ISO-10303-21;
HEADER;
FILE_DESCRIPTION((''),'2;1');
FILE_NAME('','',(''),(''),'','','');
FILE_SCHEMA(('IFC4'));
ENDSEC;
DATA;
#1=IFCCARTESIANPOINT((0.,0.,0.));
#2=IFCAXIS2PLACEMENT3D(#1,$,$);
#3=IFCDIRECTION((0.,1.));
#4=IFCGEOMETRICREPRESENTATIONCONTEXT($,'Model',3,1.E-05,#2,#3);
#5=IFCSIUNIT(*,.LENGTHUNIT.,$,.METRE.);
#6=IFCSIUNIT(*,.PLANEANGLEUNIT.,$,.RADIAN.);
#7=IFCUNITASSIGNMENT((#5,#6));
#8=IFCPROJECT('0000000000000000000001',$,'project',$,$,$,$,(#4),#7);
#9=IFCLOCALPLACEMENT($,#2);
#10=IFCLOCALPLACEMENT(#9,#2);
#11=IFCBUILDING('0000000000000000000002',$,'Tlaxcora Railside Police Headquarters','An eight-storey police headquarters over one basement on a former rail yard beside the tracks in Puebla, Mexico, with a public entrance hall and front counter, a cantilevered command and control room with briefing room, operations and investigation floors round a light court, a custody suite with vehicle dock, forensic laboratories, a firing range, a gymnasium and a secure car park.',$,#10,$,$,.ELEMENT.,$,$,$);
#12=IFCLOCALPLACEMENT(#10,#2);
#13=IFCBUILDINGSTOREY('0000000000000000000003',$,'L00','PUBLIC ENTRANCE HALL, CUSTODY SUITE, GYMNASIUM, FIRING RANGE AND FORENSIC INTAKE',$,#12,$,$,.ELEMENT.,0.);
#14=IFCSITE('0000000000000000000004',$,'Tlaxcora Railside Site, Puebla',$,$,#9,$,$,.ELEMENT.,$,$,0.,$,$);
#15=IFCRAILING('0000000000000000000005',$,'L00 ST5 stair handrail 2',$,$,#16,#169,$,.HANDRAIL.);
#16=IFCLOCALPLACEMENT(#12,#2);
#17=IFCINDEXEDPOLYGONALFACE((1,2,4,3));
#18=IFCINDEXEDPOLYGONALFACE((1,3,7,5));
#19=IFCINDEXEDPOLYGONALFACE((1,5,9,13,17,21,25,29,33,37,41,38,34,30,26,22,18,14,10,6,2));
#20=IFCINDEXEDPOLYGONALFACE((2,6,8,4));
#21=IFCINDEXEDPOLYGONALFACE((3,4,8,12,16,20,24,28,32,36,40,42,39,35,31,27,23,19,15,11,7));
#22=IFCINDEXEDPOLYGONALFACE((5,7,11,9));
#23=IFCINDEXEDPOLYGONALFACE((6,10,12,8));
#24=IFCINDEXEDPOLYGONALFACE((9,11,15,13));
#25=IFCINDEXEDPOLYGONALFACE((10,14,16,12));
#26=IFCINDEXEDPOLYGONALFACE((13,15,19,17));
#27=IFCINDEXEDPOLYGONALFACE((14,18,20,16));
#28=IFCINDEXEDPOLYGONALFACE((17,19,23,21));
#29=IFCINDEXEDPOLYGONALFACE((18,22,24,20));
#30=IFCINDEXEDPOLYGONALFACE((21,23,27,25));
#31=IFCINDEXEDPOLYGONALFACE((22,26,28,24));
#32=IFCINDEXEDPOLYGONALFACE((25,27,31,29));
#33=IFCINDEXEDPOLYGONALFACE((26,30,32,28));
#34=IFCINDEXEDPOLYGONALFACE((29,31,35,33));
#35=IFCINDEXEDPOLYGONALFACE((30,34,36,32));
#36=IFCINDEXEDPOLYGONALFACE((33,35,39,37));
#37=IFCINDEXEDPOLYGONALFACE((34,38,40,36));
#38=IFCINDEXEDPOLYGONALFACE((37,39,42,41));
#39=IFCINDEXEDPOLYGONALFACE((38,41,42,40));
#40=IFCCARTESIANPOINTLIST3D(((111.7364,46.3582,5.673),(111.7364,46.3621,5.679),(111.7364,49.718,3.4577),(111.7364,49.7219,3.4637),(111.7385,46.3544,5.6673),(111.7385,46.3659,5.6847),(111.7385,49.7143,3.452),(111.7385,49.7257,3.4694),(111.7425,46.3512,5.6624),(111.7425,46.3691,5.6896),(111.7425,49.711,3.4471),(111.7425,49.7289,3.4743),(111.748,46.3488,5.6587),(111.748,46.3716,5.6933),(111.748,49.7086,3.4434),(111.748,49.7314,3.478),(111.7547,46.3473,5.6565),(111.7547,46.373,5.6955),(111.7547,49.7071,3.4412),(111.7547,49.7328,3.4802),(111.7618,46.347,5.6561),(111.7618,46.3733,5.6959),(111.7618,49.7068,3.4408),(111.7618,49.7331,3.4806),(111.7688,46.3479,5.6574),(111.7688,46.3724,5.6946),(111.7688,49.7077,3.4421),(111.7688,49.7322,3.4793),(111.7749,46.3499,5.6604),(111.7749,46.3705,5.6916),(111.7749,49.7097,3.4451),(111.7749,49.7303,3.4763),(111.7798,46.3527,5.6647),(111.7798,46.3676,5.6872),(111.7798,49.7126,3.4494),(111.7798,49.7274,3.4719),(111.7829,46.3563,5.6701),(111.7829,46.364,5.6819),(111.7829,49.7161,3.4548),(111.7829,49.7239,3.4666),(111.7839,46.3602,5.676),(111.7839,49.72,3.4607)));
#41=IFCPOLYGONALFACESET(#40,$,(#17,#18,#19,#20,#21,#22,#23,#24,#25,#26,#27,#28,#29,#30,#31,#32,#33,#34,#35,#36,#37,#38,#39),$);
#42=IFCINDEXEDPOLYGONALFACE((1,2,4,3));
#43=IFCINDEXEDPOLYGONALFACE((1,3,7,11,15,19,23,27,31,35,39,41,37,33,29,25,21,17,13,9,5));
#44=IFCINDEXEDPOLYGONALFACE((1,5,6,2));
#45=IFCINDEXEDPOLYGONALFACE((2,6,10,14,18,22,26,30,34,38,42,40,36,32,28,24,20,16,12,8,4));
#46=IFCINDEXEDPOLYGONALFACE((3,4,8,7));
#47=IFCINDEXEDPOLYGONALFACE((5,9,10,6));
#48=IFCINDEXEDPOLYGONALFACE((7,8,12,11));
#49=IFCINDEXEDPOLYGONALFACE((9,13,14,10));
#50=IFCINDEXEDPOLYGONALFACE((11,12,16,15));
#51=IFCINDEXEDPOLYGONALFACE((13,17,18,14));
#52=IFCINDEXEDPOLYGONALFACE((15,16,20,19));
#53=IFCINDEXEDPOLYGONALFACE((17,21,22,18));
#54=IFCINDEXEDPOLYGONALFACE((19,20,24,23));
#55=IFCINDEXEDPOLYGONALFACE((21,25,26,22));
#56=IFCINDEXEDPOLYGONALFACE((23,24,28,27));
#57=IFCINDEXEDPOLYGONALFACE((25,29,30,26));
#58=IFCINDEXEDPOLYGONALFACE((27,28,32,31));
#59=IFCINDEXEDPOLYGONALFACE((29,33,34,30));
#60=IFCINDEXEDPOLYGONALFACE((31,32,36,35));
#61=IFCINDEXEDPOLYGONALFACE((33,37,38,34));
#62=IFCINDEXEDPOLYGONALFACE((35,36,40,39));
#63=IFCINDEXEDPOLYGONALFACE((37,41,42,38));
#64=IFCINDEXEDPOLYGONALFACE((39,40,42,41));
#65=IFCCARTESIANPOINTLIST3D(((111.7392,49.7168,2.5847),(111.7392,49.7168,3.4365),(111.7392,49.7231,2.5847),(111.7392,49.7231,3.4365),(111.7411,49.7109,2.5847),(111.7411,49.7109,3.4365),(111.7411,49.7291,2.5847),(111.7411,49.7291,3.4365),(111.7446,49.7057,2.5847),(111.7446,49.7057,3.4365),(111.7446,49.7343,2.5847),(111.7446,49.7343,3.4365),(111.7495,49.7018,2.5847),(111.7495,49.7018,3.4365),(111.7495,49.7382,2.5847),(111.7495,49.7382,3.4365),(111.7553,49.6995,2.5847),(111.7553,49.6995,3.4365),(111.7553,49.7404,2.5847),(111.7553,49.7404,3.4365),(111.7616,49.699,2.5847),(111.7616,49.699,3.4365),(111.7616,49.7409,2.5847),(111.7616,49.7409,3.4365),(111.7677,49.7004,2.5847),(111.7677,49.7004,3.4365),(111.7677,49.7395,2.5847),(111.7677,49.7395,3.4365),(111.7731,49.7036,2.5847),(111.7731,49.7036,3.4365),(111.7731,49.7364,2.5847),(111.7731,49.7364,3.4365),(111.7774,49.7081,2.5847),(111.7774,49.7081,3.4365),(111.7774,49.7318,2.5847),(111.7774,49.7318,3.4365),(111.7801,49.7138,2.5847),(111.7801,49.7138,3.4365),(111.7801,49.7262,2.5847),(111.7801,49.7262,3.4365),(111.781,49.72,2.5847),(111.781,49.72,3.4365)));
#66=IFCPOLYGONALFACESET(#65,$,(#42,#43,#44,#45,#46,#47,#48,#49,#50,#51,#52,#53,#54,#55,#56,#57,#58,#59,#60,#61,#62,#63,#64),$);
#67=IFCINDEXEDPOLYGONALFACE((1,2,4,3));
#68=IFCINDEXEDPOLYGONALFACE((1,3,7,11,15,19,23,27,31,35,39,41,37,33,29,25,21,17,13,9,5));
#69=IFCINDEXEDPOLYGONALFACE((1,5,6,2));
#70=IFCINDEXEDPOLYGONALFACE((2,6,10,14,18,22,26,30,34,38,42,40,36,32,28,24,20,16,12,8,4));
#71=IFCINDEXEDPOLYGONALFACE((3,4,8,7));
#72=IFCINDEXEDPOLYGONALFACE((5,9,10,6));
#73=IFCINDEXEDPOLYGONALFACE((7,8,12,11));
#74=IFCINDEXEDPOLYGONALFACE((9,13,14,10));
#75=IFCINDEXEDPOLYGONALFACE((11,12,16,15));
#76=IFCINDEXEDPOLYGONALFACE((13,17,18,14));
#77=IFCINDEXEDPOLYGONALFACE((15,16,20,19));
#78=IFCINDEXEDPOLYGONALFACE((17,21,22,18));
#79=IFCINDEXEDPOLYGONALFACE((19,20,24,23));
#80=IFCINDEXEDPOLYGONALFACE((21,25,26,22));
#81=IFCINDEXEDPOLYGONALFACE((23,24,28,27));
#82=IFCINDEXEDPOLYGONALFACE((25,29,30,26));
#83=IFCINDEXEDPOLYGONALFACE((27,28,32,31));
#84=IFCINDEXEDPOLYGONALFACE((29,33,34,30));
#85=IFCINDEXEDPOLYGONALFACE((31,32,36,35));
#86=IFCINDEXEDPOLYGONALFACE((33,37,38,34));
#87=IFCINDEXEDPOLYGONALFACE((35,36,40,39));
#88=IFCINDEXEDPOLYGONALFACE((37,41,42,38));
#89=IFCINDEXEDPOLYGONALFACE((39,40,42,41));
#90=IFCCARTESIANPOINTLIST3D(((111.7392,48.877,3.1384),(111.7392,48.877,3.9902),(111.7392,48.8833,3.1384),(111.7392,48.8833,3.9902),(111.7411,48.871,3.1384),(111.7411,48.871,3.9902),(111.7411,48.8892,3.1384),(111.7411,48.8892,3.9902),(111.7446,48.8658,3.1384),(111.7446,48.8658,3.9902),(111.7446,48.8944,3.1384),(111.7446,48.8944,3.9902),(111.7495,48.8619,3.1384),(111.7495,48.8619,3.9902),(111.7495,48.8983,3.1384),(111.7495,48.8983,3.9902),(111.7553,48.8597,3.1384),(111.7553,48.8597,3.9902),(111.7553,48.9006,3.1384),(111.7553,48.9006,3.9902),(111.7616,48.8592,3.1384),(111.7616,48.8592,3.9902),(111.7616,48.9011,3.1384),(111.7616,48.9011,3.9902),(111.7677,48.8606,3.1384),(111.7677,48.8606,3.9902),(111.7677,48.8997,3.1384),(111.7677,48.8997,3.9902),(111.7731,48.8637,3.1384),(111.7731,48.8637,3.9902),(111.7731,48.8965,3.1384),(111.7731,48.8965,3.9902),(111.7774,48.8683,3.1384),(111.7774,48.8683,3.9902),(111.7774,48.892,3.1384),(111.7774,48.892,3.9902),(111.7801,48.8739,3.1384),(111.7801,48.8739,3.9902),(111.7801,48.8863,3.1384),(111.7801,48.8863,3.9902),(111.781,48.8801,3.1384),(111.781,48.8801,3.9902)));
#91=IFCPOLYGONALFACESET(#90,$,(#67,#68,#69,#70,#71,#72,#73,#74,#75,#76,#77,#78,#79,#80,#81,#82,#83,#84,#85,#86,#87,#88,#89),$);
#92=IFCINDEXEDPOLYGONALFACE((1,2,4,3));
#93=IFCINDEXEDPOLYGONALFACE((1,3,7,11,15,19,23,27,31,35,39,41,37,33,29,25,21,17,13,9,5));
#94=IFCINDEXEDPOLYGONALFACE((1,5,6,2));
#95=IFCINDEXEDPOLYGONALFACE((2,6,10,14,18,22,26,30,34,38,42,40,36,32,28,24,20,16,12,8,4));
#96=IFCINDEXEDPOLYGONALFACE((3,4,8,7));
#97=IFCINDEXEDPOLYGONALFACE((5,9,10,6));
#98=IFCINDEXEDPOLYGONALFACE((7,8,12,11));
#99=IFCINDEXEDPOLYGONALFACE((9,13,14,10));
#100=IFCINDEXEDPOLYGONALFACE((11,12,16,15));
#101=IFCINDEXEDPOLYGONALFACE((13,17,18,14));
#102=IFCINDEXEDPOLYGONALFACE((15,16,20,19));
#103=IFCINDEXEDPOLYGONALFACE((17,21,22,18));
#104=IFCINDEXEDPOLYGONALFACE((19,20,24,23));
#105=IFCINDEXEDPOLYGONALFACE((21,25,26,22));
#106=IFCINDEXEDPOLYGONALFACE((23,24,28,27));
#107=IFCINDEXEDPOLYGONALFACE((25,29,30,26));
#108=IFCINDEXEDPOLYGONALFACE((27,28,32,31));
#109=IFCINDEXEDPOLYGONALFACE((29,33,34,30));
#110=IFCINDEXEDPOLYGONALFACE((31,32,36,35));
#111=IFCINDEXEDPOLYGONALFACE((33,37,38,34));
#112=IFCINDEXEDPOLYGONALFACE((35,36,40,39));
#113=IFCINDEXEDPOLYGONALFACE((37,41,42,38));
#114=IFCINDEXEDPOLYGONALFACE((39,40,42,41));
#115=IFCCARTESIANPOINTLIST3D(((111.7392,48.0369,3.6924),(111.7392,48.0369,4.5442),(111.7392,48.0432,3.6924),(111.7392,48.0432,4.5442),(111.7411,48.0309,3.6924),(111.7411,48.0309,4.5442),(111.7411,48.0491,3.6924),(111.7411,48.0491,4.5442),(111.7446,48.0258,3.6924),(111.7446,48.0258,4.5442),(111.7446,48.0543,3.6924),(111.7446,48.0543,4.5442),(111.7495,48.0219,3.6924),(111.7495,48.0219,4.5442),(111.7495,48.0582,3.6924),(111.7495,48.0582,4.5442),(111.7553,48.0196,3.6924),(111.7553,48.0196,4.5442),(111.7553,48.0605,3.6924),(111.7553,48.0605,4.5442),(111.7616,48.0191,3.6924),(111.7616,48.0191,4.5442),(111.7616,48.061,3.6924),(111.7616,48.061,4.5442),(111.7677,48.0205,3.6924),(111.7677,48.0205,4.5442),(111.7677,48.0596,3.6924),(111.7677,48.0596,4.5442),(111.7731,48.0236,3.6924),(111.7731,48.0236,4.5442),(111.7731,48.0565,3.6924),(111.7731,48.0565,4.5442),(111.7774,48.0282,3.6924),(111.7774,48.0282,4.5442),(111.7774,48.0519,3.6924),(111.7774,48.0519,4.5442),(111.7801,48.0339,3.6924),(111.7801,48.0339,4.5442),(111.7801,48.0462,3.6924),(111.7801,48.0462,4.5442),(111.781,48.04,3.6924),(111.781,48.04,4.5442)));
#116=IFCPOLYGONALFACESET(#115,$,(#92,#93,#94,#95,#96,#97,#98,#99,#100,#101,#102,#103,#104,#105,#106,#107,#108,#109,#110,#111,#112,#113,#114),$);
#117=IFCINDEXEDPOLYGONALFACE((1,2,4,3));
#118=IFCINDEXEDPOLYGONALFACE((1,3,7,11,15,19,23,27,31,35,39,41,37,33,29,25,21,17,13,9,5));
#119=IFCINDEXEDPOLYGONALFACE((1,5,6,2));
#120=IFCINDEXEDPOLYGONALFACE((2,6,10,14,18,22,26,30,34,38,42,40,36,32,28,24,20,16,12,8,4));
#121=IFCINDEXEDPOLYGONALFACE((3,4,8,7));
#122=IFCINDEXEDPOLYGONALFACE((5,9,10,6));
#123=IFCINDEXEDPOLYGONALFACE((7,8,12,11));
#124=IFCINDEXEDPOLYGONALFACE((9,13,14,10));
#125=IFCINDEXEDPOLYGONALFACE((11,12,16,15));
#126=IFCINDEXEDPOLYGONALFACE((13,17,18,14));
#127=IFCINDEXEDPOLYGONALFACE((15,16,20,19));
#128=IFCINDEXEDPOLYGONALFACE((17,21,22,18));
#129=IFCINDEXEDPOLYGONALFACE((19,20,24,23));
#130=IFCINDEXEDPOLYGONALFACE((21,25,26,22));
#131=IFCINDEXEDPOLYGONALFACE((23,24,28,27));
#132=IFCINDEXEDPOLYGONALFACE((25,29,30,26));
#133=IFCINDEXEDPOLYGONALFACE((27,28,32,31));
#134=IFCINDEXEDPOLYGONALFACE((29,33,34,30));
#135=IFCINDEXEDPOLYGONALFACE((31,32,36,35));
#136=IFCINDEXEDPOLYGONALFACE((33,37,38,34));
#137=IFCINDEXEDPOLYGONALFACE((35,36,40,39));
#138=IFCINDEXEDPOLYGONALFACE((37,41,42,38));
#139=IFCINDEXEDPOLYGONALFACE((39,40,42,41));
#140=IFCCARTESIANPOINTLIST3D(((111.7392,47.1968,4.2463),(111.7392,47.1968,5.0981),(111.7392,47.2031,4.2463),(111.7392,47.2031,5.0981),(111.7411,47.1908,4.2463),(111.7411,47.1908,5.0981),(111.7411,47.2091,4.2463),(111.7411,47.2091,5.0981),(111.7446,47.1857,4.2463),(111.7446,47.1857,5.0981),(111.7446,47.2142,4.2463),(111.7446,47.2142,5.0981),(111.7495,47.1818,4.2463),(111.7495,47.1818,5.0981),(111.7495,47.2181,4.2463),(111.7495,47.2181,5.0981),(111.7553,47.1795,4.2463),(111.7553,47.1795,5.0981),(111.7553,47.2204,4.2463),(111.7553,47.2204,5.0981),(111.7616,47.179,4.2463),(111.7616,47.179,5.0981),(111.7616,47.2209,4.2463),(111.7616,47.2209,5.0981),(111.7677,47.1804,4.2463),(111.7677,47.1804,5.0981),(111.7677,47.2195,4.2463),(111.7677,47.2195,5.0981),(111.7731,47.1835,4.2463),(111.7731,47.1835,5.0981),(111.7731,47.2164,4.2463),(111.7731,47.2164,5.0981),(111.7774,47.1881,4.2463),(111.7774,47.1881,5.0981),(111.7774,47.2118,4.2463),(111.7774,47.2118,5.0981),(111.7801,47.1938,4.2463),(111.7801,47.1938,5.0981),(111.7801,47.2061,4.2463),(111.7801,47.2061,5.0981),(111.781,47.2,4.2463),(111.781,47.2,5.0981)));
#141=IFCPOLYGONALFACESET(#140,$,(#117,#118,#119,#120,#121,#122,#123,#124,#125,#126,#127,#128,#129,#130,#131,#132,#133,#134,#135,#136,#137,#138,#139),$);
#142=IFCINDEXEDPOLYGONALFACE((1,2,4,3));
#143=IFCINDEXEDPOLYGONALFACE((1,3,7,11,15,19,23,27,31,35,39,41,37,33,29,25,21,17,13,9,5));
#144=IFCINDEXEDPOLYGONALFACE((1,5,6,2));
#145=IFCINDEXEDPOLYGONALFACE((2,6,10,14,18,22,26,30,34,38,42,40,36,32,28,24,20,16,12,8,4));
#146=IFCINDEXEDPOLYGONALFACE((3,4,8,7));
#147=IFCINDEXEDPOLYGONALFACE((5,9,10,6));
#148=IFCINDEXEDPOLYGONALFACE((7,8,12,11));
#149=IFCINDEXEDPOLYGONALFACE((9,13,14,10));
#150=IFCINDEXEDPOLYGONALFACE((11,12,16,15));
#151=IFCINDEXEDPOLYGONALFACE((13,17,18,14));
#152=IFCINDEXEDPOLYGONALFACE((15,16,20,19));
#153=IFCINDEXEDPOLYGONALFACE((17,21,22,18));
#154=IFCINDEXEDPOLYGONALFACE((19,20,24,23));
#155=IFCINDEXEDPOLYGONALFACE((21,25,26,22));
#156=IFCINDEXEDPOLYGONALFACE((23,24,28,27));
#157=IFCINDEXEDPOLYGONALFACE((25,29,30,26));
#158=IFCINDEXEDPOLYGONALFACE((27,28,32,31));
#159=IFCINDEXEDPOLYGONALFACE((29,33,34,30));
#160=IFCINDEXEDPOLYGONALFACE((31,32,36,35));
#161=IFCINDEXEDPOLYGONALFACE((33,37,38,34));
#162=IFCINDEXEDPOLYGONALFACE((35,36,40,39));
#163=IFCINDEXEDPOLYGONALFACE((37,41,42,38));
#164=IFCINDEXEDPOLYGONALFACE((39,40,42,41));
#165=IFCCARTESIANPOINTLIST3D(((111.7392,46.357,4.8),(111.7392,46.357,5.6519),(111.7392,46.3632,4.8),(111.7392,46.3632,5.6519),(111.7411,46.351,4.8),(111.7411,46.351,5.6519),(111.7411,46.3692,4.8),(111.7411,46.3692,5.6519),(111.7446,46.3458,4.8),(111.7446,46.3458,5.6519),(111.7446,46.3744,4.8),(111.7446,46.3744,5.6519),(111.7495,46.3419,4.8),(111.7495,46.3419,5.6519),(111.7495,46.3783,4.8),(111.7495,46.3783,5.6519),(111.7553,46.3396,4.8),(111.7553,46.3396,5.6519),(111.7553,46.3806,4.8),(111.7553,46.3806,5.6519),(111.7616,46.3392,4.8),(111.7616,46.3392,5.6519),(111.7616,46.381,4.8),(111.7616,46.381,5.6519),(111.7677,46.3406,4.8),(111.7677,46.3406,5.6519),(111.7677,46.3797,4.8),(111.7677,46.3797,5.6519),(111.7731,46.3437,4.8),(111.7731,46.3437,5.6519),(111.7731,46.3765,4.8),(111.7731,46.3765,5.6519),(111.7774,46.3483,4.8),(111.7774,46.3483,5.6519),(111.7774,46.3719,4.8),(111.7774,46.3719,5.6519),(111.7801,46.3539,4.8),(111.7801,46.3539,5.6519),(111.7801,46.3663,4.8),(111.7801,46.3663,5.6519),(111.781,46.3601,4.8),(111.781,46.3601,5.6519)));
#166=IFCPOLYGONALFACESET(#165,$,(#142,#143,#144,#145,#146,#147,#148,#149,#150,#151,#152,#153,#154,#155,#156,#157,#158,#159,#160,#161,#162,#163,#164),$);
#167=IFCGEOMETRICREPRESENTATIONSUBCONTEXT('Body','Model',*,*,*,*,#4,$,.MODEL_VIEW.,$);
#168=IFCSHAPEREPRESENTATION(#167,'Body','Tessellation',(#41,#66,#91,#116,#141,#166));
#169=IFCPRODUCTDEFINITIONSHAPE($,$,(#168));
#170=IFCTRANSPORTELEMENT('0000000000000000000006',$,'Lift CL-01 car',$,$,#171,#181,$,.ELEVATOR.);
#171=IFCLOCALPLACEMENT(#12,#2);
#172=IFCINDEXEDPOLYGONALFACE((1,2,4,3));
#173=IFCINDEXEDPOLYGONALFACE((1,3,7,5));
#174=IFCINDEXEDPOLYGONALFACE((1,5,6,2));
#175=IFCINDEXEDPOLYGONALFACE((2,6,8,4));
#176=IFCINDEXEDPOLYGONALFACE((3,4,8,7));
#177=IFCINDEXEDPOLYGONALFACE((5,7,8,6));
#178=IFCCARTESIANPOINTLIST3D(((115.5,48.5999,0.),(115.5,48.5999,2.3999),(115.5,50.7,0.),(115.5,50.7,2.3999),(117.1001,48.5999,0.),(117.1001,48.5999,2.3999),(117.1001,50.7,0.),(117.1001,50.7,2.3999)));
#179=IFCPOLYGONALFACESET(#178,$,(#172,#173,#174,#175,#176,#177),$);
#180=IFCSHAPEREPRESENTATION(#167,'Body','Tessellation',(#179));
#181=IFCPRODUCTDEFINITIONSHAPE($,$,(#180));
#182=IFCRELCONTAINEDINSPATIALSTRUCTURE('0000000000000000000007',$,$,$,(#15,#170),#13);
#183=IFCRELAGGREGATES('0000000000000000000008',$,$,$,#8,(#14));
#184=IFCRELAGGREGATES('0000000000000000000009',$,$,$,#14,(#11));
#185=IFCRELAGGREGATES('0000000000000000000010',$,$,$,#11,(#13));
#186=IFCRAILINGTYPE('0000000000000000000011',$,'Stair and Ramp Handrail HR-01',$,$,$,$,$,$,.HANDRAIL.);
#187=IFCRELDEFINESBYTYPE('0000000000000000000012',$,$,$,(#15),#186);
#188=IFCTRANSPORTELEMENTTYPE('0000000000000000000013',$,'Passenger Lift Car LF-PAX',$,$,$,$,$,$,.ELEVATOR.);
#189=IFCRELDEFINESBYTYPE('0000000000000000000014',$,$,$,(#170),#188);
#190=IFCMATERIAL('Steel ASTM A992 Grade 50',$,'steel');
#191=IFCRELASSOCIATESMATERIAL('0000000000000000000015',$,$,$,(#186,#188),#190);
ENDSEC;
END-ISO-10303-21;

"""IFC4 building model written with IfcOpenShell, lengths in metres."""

from ifc_helpers import new_model, si_unit, direction, frame, origin, origin_2d, place, context, subcontext, project, spatial, rectangle, circle, extrude, material, type_object, element, save


model = new_model("IFC4")

# Units and contexts
model_context = context("Model", 3, precision=1e-05, world=origin(), true_north=direction((0.0, 1.0)))
body_context = subcontext(model_context, "Body", "Model", "MODEL_VIEW")
ifc_project = project(units=[si_unit("LENGTHUNIT", "METRE"), si_unit("PLANEANGLEUNIT", "RADIAN")], contexts=[model_context])

# Site, building, storey
site_placement = place(None, origin())
site = spatial("IfcSite", under=ifc_project, at=site_placement, Name="Tlaxcora Railside Site, Puebla", CompositionType="ELEMENT", RefElevation=0.0)
building_placement = place(site_placement, origin())
building = spatial("IfcBuilding", under=site, at=building_placement, Name="Tlaxcora Railside Police Headquarters", Description="An eight-storey police headquarters over one basement on a former rail yard beside the tracks in Puebla, Mexico, with a public entrance hall and front counter, a cantilevered command and control room with briefing room, operations and investigation floors round a light court, a custody suite with vehicle dock, forensic laboratories, a firing range, a gymnasium and a secure car park.", CompositionType="ELEMENT")
storey_placement = place(building_placement, origin())
storey = spatial("IfcBuildingStorey", under=building, at=storey_placement, Name="L00", Description="PUBLIC ENTRANCE HALL, CUSTODY SUITE, GYMNASIUM, FIRING RANGE AND FORENSIC INTAKE", CompositionType="ELEMENT", Elevation=0.0)

# Shared definitions
ifc_material_1 = material(Name="Steel ASTM A992 Grade 50", Category="steel")

# Railing
railing_type_1 = type_object("IfcRailingType", Name="Stair and Ramp Handrail HR-01", PredefinedType="HANDRAIL", material=ifc_material_1)
railing_1_placement = place(storey_placement, frame((111.76, 49.72, 2.5847)))
element("IfcRailing", 1, at=railing_1_placement, inside=storey, type_object=railing_type_1, Name="L00 ST5 stair handrail 2", PredefinedType="HANDRAIL", context=body_context, shape_type="SweptSolid", body=[
    extrude(circle(Radius=0.0239, at=origin_2d()), frame((0.0, 0.0, 0.876), z_axis=(0.0, -0.834858, 0.550465), x_axis=(1.0, 0.0, 0.0)), (0.0, 0.0, 1.0), 4.0244),
    extrude(circle(Radius=0.021, at=origin_2d()), origin(), (0.0, 0.0, 1.0), 0.8518),
    extrude(circle(Radius=0.021, at=origin_2d()), frame((0.0, -0.8398, 0.5537)), (0.0, 0.0, 1.0), 0.8518),
    extrude(circle(Radius=0.021, at=origin_2d()), frame((0.0, -1.6799, 1.1077)), (0.0, 0.0, 1.0), 0.8518),
    extrude(circle(Radius=0.021, at=origin_2d()), frame((0.0, -2.52, 1.6616)), (0.0, 0.0, 1.0), 0.8518),
    extrude(circle(Radius=0.021, at=origin_2d()), frame((0.0, -3.3599, 2.2153)), (0.0, 0.0, 1.0), 0.8518),
])

# Transport element
transport_element_type = type_object("IfcTransportElementType", Name="Passenger Lift Car LF-PAX", PredefinedType="ELEVATOR", material=ifc_material_1)
transport_element_placement = place(storey_placement, frame((116.3, 49.6499, 0.0), z_axis=(0.0, 0.0, 1.0), x_axis=(1.0, 0.0, 0.0)))
element("IfcTransportElement", 2, at=transport_element_placement, inside=storey, type_object=transport_element_type, Name="Lift CL-01 car", PredefinedType="ELEVATOR", context=body_context, shape_type="SweptSolid", body=[
    extrude(rectangle(XDim=1.6001, YDim=2.1001, at=origin_2d()), origin(), (0.0, 0.0, 1.0), 2.3999),
])

save(model, "model.ifc")
